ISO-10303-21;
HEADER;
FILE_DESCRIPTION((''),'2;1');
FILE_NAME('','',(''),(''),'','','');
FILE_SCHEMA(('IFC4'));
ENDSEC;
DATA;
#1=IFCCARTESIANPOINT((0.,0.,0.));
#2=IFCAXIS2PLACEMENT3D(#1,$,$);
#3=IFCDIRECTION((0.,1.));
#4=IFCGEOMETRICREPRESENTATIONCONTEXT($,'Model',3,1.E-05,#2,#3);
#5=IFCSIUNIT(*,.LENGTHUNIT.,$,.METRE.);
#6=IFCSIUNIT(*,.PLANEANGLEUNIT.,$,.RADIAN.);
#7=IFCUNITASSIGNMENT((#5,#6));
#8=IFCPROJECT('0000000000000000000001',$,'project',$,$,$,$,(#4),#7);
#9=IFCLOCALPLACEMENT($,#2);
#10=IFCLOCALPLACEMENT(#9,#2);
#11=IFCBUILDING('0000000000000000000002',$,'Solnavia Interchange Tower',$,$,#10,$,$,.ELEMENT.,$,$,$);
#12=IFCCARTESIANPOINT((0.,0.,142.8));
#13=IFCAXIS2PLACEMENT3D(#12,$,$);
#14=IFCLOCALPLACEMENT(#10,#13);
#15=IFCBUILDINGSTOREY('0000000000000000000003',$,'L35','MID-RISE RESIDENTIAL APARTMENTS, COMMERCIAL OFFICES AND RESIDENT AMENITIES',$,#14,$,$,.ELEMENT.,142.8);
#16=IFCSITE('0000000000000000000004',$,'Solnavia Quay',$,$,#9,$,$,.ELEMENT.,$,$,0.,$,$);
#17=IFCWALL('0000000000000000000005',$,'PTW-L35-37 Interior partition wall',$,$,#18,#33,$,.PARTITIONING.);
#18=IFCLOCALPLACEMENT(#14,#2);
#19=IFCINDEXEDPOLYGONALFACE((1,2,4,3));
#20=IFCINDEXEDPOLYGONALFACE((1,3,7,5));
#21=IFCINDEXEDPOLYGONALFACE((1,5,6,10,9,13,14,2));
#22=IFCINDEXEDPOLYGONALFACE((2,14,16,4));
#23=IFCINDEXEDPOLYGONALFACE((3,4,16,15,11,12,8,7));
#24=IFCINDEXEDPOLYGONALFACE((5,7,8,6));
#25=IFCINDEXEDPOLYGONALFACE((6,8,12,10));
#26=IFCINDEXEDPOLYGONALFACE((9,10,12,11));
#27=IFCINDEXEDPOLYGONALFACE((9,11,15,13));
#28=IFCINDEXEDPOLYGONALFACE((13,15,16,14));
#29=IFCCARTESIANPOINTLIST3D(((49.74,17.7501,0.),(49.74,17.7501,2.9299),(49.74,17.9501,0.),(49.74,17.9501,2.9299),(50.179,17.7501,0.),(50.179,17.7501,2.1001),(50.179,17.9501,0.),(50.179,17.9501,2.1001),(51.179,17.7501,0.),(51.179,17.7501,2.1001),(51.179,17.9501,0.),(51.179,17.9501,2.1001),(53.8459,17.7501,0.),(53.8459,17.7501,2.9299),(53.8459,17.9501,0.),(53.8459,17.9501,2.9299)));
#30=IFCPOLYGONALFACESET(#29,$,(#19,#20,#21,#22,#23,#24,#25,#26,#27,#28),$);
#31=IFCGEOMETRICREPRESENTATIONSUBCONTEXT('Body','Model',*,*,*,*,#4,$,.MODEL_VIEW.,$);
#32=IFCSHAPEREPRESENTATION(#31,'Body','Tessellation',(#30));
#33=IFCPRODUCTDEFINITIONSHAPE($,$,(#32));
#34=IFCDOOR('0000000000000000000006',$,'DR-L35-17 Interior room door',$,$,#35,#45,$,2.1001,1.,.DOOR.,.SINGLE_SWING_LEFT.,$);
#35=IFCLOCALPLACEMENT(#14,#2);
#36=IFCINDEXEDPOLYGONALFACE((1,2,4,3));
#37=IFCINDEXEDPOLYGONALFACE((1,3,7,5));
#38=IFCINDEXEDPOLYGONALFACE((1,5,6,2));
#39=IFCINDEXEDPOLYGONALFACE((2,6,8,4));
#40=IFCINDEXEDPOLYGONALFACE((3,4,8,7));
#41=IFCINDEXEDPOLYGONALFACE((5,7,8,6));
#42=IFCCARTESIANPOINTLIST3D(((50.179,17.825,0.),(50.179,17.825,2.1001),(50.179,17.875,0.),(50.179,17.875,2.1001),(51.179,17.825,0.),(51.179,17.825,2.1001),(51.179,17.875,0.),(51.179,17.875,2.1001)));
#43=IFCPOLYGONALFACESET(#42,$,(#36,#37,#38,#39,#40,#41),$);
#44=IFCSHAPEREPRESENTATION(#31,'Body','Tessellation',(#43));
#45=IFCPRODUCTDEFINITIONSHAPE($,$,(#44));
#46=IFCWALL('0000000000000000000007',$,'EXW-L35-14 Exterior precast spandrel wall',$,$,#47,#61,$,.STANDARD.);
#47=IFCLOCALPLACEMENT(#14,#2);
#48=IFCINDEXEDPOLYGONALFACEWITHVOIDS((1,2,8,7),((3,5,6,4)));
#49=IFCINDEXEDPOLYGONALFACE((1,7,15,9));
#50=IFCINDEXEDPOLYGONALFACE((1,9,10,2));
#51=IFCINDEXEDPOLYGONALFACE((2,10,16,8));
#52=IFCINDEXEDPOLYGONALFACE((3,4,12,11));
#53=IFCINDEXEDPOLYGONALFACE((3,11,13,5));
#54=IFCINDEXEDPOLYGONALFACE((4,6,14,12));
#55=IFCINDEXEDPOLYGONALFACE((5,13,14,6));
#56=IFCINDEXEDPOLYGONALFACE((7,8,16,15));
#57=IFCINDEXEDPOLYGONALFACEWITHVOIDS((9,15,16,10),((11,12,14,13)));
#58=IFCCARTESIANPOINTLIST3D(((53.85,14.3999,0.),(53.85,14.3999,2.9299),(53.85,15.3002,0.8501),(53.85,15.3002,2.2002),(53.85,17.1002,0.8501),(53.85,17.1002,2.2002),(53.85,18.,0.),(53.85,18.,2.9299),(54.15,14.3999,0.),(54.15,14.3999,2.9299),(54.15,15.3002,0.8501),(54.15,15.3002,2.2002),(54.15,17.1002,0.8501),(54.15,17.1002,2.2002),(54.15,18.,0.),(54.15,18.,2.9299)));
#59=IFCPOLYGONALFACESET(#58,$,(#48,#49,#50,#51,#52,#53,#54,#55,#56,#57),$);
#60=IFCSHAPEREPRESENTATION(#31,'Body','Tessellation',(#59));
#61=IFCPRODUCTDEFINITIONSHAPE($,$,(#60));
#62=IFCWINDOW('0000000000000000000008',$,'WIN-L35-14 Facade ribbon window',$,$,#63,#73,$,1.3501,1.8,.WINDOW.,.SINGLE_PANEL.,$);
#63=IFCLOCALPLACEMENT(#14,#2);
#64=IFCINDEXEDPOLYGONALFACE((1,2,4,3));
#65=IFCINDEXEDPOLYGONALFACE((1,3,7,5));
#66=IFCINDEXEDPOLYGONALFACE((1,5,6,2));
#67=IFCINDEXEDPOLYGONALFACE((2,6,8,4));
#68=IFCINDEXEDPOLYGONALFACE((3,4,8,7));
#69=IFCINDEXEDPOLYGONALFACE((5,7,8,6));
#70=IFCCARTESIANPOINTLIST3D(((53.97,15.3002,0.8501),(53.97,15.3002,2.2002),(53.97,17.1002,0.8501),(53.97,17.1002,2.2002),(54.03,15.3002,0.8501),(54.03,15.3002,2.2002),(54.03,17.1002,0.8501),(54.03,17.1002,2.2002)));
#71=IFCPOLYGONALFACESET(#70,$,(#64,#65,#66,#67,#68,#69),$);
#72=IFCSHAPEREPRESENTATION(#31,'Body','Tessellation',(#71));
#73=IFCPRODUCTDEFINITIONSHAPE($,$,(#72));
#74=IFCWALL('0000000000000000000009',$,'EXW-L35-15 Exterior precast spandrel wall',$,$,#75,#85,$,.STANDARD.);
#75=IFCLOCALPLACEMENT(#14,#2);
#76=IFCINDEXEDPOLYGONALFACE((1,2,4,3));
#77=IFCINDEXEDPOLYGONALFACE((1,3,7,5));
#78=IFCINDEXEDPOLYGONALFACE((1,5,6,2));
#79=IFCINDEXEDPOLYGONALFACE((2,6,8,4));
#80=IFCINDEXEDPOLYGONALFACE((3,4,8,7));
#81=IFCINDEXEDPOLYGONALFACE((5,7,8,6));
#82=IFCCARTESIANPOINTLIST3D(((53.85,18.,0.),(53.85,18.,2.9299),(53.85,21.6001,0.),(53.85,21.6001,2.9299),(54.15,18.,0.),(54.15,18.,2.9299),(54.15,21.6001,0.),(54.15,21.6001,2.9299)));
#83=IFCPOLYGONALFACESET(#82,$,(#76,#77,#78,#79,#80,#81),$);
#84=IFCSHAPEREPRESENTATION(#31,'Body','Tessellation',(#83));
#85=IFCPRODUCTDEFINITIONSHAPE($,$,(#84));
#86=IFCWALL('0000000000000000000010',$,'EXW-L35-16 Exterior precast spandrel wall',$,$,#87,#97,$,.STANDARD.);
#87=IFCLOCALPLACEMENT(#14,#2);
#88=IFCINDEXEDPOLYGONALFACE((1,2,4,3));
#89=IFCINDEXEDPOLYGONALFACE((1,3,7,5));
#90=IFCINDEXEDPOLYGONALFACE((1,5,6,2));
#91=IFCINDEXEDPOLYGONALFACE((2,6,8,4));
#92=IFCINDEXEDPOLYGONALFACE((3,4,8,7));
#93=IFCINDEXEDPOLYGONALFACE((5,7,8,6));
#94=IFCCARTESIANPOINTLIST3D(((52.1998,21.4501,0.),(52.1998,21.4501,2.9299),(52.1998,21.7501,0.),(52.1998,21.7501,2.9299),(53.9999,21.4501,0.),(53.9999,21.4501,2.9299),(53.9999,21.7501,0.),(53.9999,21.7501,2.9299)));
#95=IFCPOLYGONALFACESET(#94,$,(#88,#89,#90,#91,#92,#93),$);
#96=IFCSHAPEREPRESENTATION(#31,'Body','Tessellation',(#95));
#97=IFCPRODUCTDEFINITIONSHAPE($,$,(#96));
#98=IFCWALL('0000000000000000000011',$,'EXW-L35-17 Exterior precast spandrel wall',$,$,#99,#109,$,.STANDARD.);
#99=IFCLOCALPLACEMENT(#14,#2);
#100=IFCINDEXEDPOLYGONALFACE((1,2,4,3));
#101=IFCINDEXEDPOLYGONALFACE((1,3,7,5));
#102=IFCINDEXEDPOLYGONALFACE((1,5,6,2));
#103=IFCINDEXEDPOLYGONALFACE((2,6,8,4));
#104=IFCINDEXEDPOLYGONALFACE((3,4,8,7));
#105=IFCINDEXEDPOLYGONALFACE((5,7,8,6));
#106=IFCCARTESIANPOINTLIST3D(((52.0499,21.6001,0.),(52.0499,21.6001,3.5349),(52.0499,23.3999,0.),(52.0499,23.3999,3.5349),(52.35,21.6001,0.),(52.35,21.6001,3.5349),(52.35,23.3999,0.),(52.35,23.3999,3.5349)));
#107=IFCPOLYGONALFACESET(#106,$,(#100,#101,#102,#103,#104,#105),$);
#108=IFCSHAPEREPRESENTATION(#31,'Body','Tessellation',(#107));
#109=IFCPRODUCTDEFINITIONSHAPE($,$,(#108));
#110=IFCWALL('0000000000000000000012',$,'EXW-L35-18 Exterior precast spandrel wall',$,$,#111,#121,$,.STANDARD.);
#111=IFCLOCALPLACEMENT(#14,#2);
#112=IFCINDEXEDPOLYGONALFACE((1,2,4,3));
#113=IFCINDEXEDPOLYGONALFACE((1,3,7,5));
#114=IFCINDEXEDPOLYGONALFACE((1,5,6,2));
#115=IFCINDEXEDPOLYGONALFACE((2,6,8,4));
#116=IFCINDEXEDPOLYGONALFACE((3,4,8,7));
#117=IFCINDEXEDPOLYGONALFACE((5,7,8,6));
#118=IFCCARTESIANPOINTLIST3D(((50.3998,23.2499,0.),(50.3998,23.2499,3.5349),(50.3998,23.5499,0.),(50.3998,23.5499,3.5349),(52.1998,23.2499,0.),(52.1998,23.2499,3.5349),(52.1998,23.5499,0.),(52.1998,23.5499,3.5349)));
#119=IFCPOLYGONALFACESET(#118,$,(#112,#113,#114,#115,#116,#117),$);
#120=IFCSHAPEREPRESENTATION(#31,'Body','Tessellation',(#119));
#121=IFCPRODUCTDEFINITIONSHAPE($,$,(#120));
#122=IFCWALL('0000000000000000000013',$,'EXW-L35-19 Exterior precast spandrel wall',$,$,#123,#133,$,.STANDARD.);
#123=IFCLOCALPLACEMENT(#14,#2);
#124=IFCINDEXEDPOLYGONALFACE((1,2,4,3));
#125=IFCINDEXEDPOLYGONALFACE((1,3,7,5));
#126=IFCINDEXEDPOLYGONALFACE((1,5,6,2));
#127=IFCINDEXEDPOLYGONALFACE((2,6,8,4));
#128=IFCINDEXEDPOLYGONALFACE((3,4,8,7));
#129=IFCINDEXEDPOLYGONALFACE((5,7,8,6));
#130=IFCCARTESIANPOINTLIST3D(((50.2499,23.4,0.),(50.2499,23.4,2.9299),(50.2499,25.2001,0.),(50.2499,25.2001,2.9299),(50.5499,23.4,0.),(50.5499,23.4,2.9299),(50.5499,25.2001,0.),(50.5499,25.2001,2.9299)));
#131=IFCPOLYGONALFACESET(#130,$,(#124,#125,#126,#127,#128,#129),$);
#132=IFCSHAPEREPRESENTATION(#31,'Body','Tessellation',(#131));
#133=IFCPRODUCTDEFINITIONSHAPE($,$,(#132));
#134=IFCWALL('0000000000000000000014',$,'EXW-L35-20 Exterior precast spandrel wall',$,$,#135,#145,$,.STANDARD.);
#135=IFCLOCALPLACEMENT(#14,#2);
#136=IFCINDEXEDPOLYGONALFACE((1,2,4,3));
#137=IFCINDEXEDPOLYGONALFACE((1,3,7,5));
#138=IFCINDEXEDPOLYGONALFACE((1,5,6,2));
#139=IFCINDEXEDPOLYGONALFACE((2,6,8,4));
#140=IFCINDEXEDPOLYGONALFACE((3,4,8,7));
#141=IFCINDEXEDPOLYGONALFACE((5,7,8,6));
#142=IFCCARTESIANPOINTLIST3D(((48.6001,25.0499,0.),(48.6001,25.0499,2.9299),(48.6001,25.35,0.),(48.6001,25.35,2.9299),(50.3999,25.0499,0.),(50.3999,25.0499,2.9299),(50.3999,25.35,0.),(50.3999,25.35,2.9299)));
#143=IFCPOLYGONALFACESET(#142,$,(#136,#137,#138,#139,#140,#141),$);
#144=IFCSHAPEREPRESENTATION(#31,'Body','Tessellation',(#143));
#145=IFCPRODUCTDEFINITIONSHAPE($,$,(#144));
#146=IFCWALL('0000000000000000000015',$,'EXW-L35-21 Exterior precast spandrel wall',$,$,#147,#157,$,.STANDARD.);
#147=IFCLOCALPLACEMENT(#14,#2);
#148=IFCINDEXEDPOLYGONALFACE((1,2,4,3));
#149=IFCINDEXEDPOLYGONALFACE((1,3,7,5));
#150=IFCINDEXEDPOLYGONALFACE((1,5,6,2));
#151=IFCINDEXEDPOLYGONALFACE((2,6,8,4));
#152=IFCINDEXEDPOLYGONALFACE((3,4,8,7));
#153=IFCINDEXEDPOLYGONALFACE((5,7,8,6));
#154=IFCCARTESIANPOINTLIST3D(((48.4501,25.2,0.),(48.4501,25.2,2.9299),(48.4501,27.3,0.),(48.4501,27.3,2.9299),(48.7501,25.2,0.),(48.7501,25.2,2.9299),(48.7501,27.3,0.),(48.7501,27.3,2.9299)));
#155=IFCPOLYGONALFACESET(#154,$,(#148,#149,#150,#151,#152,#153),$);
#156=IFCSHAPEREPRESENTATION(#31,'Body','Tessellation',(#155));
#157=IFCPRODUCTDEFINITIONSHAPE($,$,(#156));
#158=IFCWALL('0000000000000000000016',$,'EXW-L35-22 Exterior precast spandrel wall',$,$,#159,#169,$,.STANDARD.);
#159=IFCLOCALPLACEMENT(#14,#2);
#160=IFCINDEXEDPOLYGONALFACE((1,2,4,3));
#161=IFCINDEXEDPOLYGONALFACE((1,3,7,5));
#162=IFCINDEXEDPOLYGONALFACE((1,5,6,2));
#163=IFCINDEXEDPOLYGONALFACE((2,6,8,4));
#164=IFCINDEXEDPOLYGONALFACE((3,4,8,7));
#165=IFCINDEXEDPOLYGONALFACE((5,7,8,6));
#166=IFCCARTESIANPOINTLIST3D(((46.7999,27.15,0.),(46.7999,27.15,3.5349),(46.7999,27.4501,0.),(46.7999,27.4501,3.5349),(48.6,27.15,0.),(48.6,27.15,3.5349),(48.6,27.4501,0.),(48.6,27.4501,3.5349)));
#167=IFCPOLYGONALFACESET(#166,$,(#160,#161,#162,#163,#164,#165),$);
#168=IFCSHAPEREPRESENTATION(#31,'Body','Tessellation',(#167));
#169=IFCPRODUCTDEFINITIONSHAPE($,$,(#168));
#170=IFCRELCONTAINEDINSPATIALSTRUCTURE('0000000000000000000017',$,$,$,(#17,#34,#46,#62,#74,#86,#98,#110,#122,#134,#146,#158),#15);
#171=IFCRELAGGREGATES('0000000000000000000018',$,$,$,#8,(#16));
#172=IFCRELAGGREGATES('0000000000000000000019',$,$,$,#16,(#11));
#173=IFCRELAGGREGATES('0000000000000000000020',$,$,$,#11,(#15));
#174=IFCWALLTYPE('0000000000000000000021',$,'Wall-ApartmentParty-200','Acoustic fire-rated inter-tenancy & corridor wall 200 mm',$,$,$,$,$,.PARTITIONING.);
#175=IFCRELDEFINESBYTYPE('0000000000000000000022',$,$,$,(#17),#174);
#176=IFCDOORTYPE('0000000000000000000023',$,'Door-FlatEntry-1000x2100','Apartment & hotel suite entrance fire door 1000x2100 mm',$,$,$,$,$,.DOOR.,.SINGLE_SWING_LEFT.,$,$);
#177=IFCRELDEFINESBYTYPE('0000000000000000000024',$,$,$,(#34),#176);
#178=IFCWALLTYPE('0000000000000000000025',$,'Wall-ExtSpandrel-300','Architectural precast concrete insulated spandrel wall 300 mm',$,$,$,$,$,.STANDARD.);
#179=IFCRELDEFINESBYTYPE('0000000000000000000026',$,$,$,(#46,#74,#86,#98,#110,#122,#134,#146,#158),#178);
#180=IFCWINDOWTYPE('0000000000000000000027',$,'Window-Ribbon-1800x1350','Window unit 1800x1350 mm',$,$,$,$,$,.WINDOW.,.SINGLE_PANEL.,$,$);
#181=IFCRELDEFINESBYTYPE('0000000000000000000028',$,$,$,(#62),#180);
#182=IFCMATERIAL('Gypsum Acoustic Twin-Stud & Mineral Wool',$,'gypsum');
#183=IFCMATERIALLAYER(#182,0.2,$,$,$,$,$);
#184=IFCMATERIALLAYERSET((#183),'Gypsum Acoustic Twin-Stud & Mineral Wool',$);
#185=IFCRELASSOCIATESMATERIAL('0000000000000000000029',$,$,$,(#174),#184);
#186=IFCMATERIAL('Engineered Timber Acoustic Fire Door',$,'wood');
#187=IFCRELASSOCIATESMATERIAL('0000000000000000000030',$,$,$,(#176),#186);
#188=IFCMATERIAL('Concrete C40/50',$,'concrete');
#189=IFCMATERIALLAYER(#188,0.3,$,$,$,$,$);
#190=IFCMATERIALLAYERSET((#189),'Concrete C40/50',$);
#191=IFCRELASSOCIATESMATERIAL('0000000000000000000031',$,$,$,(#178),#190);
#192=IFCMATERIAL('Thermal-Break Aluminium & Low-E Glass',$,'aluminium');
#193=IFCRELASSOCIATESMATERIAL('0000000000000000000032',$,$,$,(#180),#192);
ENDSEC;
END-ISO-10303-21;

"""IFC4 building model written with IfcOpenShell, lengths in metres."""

from ifc_helpers import new_model, si_unit, direction, frame, frame_2d, origin, place, context, subcontext, project, spatial, rectangle, extrude, material, layer, layer_set, type_object, element, fill, save


model = new_model("IFC4")

# Units and contexts
model_context = context("Model", 3, precision=1e-05, world=origin(), true_north=direction((0.0, 1.0)))
body_context = subcontext(model_context, "Body", "Model", "MODEL_VIEW")
ifc_project = project(units=[si_unit("LENGTHUNIT", "METRE"), si_unit("PLANEANGLEUNIT", "RADIAN")], contexts=[model_context])

# Site, building, storey
site_placement = place(None, origin())
site = spatial("IfcSite", under=ifc_project, at=site_placement, Name="Solnavia Quay", CompositionType="ELEMENT", RefElevation=0.0)
building_placement = place(site_placement, origin())
building = spatial("IfcBuilding", under=site, at=building_placement, Name="Solnavia Interchange Tower", CompositionType="ELEMENT")
storey_placement = place(building_placement, frame((0.0, 0.0, 142.8)))
storey = spatial("IfcBuildingStorey", under=building, at=storey_placement, Name="L35", Description="MID-RISE RESIDENTIAL APARTMENTS, COMMERCIAL OFFICES AND RESIDENT AMENITIES", CompositionType="ELEMENT", Elevation=142.8)

# Shared definitions
ifc_material_1 = material(Name="Gypsum Acoustic Twin-Stud & Mineral Wool", Category="gypsum")
ifc_layer_1 = layer(ifc_material_1, 0.2)
ifc_layer_set_1 = layer_set([ifc_layer_1], Name="Gypsum Acoustic Twin-Stud & Mineral Wool")
wall_type_1 = type_object("IfcWallType", Name="Wall-ApartmentParty-200", Description="Acoustic fire-rated inter-tenancy & corridor wall 200 mm", PredefinedType="PARTITIONING", material=ifc_layer_set_1)

# Wall, opening, door
wall_1_placement = place(storey_placement, frame((49.74, 17.8501, 0.0), z_axis=(0.0, 0.0, 1.0), x_axis=(1.0, 0.0, 0.0)))
wall_1 = element("IfcWall", 1, at=wall_1_placement, inside=storey, type_object=wall_type_1, Name="PTW-L35-37 Interior partition wall", PredefinedType="PARTITIONING", context=body_context, shape_type="SweptSolid", body=[
    extrude(rectangle(XDim=4.106, YDim=0.2, at=frame_2d((2.053, 0.0))), origin(), (0.0, 0.0, 1.0), 2.9299),
])
opening_1_placement = place(wall_1_placement, frame((0.439, 0.0, 0.0)))
opening_1 = element("IfcOpeningElement", 2, at=opening_1_placement, cuts=wall_1, PredefinedType="OPENING", context=body_context, shape_type="SweptSolid", body=[
    extrude(rectangle(XDim=1.0, YDim=2.1001, at=frame_2d((0.5, 1.05))), frame((0.0, 0.1099, 0.0), z_axis=(0.0, -1.0, 0.0), x_axis=(1.0, 0.0, 0.0)), (0.0, 0.0, 1.0), 0.22),
])
ifc_material_2 = material(Name="Engineered Timber Acoustic Fire Door", Category="wood")
door_type_1 = type_object("IfcDoorType", Name="Door-FlatEntry-1000x2100", Description="Apartment & hotel suite entrance fire door 1000x2100 mm", OperationType="SINGLE_SWING_LEFT", PredefinedType="DOOR", material=ifc_material_2)
door_1_placement = place(opening_1_placement, origin())
door_1 = element("IfcDoor", 3, at=door_1_placement, inside=storey, type_object=door_type_1, Name="DR-L35-17 Interior room door", OperationType="SINGLE_SWING_LEFT", OverallHeight=2.1001, OverallWidth=1.0, PredefinedType="DOOR", context=body_context, shape_type="SweptSolid", body=[
    extrude(rectangle(XDim=1.0, YDim=2.1001, at=frame_2d((0.5, 1.05))), frame((0.0, 0.0249, 0.0), z_axis=(0.0, -1.0, 0.0), x_axis=(1.0, 0.0, 0.0)), (0.0, 0.0, 1.0), 0.05),
])
fill(opening_1, door_1)

# Wall, opening, window
ifc_material_3 = material(Name="Concrete C40/50", Category="concrete")
ifc_layer_2 = layer(ifc_material_3, 0.3)
ifc_layer_set_2 = layer_set([ifc_layer_2], Name="Concrete C40/50")
wall_type_2 = type_object("IfcWallType", Name="Wall-ExtSpandrel-300", Description="Architectural precast concrete insulated spandrel wall 300 mm", PredefinedType="STANDARD", material=ifc_layer_set_2)
wall_2_placement = place(storey_placement, frame((54.0, 18.0, 0.0), z_axis=(0.0, 0.0, 1.0), x_axis=(0.0, -1.0, 0.0)))
wall_2 = element("IfcWall", 4, at=wall_2_placement, inside=storey, type_object=wall_type_2, Name="EXW-L35-14 Exterior precast spandrel wall", PredefinedType="STANDARD", context=body_context, shape_type="SweptSolid", body=[
    extrude(rectangle(XDim=3.6001, YDim=0.3, at=frame_2d((1.8, 0.0))), origin(), (0.0, 0.0, 1.0), 2.9299),
])
opening_2_placement = place(wall_2_placement, frame((0.8999, 0.0, 0.8501)))
opening_2 = element("IfcOpeningElement", 5, at=opening_2_placement, cuts=wall_2, PredefinedType="OPENING", context=body_context, shape_type="SweptSolid", body=[
    extrude(rectangle(XDim=1.8, YDim=1.3501, at=frame_2d((0.8999, 0.675))), frame((0.0, 0.1602, 0.0), z_axis=(0.0, -1.0, 0.0), x_axis=(1.0, 0.0, 0.0)), (0.0, 0.0, 1.0), 0.3201),
])
ifc_material_4 = material(Name="Thermal-Break Aluminium & Low-E Glass", Category="aluminium")
window_type = type_object("IfcWindowType", Name="Window-Ribbon-1800x1350", Description="Window unit 1800x1350 mm", PartitioningType="SINGLE_PANEL", PredefinedType="WINDOW", material=ifc_material_4)
window_placement = place(opening_2_placement, origin())
window = element("IfcWindow", 6, at=window_placement, inside=storey, type_object=window_type, Name="WIN-L35-14 Facade ribbon window", OverallHeight=1.3501, OverallWidth=1.8, PartitioningType="SINGLE_PANEL", PredefinedType="WINDOW", context=body_context, shape_type="SweptSolid", body=[
    extrude(rectangle(XDim=1.8, YDim=1.3501, at=frame_2d((0.8999, 0.675))), frame((0.0, 0.03, 0.0), z_axis=(0.0, -1.0, 0.0), x_axis=(1.0, 0.0, 0.0)), (0.0, 0.0, 1.0), 0.0601),
])
fill(opening_2, window)

# Walls
wall_3_placement = place(storey_placement, frame((54.0, 21.6001, 0.0), z_axis=(0.0, 0.0, 1.0), x_axis=(0.0, -1.0, 0.0)))
element("IfcWall", 7, at=wall_3_placement, inside=storey, type_object=wall_type_2, Name="EXW-L35-15 Exterior precast spandrel wall", PredefinedType="STANDARD", context=body_context, shape_type="SweptSolid", body=[
    extrude(rectangle(XDim=3.6001, YDim=0.3, at=frame_2d((1.8, 0.0))), origin(), (0.0, 0.0, 1.0), 2.9299),
])
wall_4_placement = place(storey_placement, frame((52.2, 21.6001, 0.0), z_axis=(0.0, 0.0, 1.0), x_axis=(1.0, 0.0, 0.0)))
element("IfcWall", 8, at=wall_4_placement, inside=storey, type_object=wall_type_2, Name="EXW-L35-16 Exterior precast spandrel wall", PredefinedType="STANDARD", context=body_context, shape_type="SweptSolid", body=[
    extrude(rectangle(XDim=1.8, YDim=0.3, at=frame_2d((0.8999, 0.0))), origin(), (0.0, 0.0, 1.0), 2.9299),
])
wall_5_placement = place(storey_placement, frame((52.2, 23.3999, 0.0), z_axis=(0.0, 0.0, 1.0), x_axis=(0.0, -1.0, 0.0)))
element("IfcWall", 9, at=wall_5_placement, inside=storey, type_object=wall_type_2, Name="EXW-L35-17 Exterior precast spandrel wall", PredefinedType="STANDARD", context=body_context, shape_type="SweptSolid", body=[
    extrude(rectangle(XDim=1.7998, YDim=0.3, at=frame_2d((0.8999, 0.0))), origin(), (0.0, 0.0, 1.0), 3.5349),
])
wall_6_placement = place(storey_placement, frame((50.3999, 23.3999, 0.0), z_axis=(0.0, 0.0, 1.0), x_axis=(1.0, 0.0, 0.0)))
element("IfcWall", 10, at=wall_6_placement, inside=storey, type_object=wall_type_2, Name="EXW-L35-18 Exterior precast spandrel wall", PredefinedType="STANDARD", context=body_context, shape_type="SweptSolid", body=[
    extrude(rectangle(XDim=1.8, YDim=0.3, at=frame_2d((0.8999, 0.0))), origin(), (0.0, 0.0, 1.0), 3.5349),
])
wall_7_placement = place(storey_placement, frame((50.3999, 25.2, 0.0), z_axis=(0.0, 0.0, 1.0), x_axis=(0.0, -1.0, 0.0)))
element("IfcWall", 11, at=wall_7_placement, inside=storey, type_object=wall_type_2, Name="EXW-L35-19 Exterior precast spandrel wall", PredefinedType="STANDARD", context=body_context, shape_type="SweptSolid", body=[
    extrude(rectangle(XDim=1.8, YDim=0.3, at=frame_2d((0.8999, 0.0))), origin(), (0.0, 0.0, 1.0), 2.9299),
])
wall_8_placement = place(storey_placement, frame((48.6001, 25.2, 0.0), z_axis=(0.0, 0.0, 1.0), x_axis=(1.0, 0.0, 0.0)))
element("IfcWall", 12, at=wall_8_placement, inside=storey, type_object=wall_type_2, Name="EXW-L35-20 Exterior precast spandrel wall", PredefinedType="STANDARD", context=body_context, shape_type="SweptSolid", body=[
    extrude(rectangle(XDim=1.7998, YDim=0.3, at=frame_2d((0.8999, 0.0))), origin(), (0.0, 0.0, 1.0), 2.9299),
])
wall_9_placement = place(storey_placement, frame((48.6001, 27.3, 0.0), z_axis=(0.0, 0.0, 1.0), x_axis=(0.0, -1.0, 0.0)))
element("IfcWall", 13, at=wall_9_placement, inside=storey, type_object=wall_type_2, Name="EXW-L35-21 Exterior precast spandrel wall", PredefinedType="STANDARD", context=body_context, shape_type="SweptSolid", body=[
    extrude(rectangle(XDim=2.1001, YDim=0.3, at=frame_2d((1.05, 0.0))), origin(), (0.0, 0.0, 1.0), 2.9299),
])
wall_10_placement = place(storey_placement, frame((46.8, 27.3, 0.0), z_axis=(0.0, 0.0, 1.0), x_axis=(1.0, 0.0, 0.0)))
element("IfcWall", 14, at=wall_10_placement, inside=storey, type_object=wall_type_2, Name="EXW-L35-22 Exterior precast spandrel wall", PredefinedType="STANDARD", context=body_context, shape_type="SweptSolid", body=[
    extrude(rectangle(XDim=1.8, YDim=0.3, at=frame_2d((0.8999, 0.0))), origin(), (0.0, 0.0, 1.0), 3.5349),
])

save(model, "model.ifc")
